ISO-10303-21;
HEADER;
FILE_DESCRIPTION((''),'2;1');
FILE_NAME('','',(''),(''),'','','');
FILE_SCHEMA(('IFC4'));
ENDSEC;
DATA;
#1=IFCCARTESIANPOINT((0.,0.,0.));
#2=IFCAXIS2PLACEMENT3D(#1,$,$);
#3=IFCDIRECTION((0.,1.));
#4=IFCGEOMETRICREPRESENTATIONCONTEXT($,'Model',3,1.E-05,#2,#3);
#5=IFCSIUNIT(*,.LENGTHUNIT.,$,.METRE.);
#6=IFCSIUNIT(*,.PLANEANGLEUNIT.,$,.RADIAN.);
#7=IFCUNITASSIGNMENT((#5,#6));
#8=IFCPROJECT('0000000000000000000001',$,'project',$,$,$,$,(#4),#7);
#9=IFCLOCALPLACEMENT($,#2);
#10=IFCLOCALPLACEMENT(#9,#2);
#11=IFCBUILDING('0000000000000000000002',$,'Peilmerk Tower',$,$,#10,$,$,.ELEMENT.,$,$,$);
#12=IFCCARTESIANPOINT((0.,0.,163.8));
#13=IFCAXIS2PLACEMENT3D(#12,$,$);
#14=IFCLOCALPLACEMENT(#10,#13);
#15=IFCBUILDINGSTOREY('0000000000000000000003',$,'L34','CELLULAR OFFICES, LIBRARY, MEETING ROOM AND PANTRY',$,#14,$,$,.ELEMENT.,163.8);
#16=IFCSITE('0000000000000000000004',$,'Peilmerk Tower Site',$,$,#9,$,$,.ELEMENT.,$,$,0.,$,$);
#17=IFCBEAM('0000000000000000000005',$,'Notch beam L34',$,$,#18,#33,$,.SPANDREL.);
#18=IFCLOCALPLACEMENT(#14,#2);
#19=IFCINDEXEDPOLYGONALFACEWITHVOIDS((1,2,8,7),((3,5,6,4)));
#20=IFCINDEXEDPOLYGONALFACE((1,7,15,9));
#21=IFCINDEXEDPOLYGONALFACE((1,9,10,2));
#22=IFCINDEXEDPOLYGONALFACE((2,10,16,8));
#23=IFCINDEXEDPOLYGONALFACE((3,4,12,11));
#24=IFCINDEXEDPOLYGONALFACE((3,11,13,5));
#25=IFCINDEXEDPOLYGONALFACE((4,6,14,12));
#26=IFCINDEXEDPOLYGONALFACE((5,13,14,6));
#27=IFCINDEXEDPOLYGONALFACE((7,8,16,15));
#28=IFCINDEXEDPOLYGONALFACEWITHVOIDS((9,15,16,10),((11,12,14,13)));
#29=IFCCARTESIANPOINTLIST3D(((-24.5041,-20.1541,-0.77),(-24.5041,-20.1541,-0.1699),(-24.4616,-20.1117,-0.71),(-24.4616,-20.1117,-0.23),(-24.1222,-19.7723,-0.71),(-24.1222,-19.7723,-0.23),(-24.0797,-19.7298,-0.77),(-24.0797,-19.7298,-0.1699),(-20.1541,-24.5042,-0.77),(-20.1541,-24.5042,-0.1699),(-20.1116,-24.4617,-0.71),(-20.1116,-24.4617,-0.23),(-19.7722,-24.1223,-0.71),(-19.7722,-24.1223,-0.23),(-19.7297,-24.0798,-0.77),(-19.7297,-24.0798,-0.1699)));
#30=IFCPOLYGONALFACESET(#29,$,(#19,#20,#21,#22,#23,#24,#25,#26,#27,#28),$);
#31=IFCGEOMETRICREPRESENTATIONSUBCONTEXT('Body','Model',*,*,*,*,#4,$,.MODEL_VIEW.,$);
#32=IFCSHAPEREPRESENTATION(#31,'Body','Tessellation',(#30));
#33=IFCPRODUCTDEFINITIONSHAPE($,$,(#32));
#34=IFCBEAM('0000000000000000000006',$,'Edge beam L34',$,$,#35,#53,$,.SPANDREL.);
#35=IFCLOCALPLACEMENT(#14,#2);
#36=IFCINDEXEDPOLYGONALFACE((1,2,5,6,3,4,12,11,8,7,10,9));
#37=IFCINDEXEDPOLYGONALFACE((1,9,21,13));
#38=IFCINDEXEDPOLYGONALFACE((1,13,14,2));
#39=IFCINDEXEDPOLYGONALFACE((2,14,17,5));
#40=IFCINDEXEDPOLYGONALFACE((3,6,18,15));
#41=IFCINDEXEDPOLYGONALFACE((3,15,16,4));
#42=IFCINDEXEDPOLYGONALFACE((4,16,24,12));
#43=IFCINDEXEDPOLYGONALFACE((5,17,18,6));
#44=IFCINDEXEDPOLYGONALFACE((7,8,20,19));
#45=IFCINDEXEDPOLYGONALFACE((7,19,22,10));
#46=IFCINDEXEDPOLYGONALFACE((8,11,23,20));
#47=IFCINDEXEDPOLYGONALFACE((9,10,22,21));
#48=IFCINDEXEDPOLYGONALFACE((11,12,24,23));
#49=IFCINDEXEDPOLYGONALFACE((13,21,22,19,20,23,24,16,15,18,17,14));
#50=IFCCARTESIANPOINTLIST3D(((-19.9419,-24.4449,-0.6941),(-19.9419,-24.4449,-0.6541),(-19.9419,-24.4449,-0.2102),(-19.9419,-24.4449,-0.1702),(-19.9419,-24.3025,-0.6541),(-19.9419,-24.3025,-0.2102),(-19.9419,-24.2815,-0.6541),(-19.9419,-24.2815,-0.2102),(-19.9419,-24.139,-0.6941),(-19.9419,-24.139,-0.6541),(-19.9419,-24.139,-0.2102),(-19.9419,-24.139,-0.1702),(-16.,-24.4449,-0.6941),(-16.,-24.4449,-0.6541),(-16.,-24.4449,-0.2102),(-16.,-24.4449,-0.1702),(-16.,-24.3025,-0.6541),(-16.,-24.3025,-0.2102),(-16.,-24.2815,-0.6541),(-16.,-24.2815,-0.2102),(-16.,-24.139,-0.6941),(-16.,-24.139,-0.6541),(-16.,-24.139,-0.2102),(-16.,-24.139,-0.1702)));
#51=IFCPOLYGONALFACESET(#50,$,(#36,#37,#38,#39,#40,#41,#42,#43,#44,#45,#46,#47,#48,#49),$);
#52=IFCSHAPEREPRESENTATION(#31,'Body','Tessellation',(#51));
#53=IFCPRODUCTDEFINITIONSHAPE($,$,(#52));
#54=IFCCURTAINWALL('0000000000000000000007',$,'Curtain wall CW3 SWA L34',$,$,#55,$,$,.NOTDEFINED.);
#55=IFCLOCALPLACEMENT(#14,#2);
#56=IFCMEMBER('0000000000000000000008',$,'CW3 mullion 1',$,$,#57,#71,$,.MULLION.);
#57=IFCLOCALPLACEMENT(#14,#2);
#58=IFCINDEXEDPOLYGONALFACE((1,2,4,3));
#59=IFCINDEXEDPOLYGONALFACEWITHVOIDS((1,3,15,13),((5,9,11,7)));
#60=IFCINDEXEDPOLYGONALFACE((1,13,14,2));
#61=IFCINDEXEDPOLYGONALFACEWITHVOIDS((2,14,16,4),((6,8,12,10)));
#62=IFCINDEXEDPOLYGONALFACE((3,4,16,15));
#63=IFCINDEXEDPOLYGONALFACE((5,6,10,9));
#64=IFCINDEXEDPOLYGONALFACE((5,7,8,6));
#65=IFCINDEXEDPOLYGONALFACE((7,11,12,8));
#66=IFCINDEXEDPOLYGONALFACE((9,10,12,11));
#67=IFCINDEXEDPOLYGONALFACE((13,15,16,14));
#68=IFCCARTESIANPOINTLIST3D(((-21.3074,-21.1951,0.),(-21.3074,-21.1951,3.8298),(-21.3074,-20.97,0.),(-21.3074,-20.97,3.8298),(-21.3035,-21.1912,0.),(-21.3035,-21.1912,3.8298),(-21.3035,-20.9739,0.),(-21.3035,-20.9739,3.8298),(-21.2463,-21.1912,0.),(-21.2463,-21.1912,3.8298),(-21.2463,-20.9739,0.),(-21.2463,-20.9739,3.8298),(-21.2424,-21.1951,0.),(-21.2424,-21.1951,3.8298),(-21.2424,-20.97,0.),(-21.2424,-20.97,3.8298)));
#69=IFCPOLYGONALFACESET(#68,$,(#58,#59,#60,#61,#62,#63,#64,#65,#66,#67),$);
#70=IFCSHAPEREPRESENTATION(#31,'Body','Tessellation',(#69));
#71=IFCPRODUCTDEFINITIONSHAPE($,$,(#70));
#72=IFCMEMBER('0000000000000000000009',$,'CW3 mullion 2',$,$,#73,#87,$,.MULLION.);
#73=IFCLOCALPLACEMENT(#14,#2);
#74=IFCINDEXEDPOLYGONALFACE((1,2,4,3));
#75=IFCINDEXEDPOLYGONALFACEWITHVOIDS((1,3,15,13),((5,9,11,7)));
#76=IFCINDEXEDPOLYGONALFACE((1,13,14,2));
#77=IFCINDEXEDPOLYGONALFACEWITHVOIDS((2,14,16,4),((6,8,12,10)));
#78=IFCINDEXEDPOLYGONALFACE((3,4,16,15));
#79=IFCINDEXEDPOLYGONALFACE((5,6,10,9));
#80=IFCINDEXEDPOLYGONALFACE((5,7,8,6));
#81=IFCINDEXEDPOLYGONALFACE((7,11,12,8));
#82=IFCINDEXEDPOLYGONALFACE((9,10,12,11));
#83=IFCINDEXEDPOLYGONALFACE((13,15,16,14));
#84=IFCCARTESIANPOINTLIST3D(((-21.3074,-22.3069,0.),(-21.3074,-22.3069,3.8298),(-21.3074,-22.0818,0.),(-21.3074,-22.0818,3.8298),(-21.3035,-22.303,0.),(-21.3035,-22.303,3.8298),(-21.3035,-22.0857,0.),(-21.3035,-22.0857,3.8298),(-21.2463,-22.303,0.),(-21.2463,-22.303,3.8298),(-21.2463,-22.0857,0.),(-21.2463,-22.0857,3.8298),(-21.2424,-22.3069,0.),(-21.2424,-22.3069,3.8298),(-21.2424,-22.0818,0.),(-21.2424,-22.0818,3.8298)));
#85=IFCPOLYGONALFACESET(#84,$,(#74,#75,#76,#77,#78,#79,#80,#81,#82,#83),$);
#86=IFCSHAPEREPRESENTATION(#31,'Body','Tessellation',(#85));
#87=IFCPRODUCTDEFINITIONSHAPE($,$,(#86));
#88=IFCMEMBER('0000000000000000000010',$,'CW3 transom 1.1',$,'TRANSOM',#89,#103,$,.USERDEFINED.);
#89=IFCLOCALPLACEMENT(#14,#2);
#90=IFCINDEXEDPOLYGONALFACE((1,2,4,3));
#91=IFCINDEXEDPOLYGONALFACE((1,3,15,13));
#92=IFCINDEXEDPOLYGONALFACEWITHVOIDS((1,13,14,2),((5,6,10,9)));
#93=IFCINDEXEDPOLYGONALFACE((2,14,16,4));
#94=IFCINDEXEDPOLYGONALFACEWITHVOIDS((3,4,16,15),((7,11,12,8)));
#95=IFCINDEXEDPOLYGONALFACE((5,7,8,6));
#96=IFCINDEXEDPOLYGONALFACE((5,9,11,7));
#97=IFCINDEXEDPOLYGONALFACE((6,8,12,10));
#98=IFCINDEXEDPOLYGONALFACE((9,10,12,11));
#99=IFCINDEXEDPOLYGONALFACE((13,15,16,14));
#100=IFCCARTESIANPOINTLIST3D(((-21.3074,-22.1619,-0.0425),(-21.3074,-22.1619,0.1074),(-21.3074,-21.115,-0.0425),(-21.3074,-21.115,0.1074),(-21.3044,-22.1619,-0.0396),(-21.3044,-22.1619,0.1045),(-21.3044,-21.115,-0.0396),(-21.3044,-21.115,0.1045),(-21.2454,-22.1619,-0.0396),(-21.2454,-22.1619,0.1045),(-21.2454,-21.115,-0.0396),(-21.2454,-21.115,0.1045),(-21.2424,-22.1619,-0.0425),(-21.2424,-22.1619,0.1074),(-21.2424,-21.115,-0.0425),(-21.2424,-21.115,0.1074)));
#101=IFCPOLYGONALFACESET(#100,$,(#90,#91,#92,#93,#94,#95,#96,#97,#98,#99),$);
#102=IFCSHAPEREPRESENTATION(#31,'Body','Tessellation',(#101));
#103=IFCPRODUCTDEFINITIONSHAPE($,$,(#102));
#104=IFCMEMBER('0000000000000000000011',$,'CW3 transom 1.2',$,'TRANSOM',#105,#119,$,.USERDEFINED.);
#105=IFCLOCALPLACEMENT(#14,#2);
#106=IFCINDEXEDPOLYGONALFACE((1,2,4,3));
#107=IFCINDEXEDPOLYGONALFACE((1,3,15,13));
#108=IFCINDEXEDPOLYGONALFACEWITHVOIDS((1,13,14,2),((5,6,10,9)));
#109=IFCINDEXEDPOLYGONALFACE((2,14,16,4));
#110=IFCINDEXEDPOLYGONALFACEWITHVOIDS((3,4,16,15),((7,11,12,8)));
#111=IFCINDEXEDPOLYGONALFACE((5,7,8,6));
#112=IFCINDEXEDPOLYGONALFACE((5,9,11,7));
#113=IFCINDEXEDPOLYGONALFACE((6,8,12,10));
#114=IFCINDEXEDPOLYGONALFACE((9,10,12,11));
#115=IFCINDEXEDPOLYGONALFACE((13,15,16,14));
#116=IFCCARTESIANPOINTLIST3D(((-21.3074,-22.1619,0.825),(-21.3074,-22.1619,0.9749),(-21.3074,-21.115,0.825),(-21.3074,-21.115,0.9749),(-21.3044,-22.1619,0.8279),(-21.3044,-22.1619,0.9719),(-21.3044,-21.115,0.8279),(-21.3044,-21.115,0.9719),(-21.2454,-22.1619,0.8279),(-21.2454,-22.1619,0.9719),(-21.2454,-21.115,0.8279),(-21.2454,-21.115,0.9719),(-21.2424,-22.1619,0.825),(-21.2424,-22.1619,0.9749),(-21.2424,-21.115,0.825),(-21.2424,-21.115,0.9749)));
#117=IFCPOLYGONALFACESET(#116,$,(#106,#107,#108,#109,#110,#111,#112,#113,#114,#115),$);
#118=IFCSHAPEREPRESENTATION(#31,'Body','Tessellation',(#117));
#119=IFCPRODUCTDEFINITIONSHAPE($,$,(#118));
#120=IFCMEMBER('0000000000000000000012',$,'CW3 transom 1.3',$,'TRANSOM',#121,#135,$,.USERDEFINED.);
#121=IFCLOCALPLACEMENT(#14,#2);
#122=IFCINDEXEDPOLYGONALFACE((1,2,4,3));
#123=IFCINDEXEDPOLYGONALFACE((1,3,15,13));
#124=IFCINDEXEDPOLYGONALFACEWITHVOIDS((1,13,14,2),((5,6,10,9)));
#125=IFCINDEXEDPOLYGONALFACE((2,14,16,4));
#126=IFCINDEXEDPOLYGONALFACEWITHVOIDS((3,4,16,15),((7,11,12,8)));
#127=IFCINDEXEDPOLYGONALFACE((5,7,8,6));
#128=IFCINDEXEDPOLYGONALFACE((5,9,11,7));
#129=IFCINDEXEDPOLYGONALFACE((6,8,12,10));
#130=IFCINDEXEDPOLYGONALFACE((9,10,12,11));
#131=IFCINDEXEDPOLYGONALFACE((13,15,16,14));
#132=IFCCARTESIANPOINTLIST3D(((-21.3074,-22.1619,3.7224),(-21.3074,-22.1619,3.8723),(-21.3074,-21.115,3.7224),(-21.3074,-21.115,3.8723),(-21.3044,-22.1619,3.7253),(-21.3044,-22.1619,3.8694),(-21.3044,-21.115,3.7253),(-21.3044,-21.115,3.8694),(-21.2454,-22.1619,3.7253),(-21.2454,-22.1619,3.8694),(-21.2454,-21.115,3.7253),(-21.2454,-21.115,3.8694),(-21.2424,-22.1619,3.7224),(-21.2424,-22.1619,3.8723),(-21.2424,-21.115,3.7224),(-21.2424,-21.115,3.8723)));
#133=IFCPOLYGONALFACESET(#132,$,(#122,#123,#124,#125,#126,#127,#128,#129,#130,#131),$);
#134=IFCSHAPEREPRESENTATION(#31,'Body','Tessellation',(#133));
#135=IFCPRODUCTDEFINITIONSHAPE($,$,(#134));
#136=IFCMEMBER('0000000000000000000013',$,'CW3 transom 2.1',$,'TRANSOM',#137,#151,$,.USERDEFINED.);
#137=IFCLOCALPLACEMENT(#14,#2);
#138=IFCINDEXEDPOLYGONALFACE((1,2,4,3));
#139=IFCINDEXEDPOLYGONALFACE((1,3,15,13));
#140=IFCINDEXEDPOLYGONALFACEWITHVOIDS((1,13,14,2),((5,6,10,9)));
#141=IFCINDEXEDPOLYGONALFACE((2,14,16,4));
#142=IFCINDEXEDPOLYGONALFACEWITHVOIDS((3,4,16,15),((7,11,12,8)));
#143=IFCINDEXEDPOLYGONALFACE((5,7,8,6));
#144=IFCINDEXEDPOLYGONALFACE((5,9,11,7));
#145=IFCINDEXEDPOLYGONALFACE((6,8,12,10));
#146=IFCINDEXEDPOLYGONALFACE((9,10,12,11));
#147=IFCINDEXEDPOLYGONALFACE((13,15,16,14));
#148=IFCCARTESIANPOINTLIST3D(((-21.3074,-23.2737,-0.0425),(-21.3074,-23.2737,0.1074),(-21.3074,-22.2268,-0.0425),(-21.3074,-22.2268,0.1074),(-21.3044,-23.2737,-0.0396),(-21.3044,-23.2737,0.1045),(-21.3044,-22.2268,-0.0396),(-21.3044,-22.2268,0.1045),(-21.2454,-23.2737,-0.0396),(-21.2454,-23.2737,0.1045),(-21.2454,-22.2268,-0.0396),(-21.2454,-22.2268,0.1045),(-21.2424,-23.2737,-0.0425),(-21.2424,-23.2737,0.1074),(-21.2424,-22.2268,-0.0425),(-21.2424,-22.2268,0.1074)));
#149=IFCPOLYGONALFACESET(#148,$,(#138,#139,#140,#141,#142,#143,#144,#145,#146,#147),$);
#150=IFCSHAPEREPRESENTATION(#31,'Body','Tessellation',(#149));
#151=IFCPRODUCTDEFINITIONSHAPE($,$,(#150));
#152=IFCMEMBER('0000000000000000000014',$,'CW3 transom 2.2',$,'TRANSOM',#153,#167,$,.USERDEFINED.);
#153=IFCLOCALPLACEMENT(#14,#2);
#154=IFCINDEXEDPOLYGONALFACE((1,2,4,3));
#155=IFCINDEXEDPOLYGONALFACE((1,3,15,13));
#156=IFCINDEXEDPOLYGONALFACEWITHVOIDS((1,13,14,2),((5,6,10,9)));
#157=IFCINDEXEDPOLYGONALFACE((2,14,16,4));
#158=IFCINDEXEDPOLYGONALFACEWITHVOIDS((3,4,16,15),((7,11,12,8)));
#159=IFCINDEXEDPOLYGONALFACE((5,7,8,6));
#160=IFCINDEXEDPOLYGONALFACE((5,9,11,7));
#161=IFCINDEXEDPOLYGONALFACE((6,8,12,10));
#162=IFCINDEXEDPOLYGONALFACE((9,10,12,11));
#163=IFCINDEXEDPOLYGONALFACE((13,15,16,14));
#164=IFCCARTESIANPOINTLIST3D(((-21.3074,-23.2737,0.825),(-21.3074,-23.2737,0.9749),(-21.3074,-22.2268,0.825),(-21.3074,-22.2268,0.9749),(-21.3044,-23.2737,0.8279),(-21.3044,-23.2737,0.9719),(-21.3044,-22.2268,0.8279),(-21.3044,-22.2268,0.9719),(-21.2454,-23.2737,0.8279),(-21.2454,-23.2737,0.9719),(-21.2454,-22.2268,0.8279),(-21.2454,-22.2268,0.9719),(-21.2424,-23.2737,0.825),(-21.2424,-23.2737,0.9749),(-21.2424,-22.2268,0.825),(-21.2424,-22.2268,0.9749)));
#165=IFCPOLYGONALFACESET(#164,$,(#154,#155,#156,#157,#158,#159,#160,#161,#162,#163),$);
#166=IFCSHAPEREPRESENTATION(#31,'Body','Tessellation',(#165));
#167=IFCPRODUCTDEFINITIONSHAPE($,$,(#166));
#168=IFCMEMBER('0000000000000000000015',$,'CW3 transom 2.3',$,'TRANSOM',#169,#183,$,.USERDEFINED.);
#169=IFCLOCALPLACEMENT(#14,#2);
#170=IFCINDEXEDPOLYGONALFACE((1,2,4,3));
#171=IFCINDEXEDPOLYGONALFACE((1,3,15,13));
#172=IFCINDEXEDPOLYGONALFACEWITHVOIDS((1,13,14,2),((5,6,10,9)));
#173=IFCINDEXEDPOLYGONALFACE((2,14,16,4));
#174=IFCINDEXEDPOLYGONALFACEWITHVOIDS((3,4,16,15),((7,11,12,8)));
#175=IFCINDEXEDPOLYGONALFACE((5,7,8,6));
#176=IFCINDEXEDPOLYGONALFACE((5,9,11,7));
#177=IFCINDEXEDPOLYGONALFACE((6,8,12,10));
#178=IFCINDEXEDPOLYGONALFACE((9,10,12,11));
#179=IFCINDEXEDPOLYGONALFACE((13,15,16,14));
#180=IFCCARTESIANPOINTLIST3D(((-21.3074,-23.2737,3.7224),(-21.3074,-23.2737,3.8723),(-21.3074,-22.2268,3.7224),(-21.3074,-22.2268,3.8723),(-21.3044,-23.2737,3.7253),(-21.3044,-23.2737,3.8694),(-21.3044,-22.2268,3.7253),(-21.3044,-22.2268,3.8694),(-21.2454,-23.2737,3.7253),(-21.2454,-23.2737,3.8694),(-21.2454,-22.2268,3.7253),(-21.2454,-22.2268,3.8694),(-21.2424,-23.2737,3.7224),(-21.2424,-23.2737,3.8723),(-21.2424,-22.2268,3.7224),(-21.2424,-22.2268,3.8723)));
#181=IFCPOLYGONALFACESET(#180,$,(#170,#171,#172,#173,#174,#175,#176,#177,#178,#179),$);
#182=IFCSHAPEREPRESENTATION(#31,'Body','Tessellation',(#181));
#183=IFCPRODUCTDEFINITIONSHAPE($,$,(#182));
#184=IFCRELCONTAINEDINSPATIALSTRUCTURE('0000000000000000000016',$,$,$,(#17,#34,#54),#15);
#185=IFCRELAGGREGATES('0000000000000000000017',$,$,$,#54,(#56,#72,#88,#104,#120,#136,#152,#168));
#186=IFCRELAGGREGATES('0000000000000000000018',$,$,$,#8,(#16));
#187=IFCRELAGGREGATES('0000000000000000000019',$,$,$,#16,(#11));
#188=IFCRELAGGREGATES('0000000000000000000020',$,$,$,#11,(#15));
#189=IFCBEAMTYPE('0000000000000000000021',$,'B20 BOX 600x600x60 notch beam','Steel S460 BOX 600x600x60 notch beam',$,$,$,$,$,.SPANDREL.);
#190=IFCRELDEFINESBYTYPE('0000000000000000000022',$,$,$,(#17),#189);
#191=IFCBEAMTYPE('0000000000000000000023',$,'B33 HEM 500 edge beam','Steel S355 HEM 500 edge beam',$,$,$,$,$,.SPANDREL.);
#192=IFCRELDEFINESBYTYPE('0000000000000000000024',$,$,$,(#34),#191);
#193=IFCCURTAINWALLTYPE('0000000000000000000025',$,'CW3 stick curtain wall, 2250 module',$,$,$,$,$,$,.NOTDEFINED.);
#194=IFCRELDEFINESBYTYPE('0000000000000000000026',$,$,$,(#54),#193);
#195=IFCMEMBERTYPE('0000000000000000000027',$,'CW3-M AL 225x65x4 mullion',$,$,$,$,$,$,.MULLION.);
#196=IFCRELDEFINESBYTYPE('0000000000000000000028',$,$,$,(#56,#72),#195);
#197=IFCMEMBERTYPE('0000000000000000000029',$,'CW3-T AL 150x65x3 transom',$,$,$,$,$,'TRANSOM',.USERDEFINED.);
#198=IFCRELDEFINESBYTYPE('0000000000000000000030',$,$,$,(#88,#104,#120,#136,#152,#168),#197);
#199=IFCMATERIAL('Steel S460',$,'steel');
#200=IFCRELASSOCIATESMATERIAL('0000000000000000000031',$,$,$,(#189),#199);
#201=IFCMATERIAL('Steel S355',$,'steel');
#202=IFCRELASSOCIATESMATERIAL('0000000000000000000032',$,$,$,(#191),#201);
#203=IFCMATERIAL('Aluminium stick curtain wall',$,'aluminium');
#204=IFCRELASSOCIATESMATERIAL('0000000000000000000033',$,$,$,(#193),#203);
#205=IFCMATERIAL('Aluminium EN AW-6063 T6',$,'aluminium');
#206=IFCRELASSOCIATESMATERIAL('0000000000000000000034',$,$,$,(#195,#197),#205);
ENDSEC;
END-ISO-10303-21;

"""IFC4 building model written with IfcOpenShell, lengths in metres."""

from ifc_helpers import new_model, si_unit, direction, frame, origin, origin_2d, place, context, subcontext, project, spatial, hollow_rectangle, i_section, extrude, material, material_profile, profile_set, type_object, element, aggregate, save


model = new_model("IFC4")

# Units and contexts
model_context = context("Model", 3, precision=1e-05, world=origin(), true_north=direction((0.0, 1.0)))
body_context = subcontext(model_context, "Body", "Model", "MODEL_VIEW")
ifc_project = project(units=[si_unit("LENGTHUNIT", "METRE"), si_unit("PLANEANGLEUNIT", "RADIAN")], contexts=[model_context])

# Site, building, storey
site_placement = place(None, origin())
site = spatial("IfcSite", under=ifc_project, at=site_placement, Name="Peilmerk Tower Site", CompositionType="ELEMENT", RefElevation=0.0)
building_placement = place(site_placement, origin())
building = spatial("IfcBuilding", under=site, at=building_placement, Name="Peilmerk Tower", CompositionType="ELEMENT")
storey_placement = place(building_placement, frame((0.0, 0.0, 163.8)))
storey = spatial("IfcBuildingStorey", under=building, at=storey_placement, Name="L34", Description="CELLULAR OFFICES, LIBRARY, MEETING ROOM AND PANTRY", CompositionType="ELEMENT", Elevation=163.8)

# Shared definitions
ifc_material_1 = material(Name="Steel S460", Category="steel")

# Beams
ifc_material_2 = material(Name="Steel S355", Category="steel")
ifc_material_profile_1 = material_profile(ifc_material_1, hollow_rectangle(XDim=0.6001, YDim=0.6001, WallThickness=0.0601, at=origin_2d()), Name="BOX 600x600x60")
ifc_profile_set_1 = profile_set([ifc_material_profile_1], Name="Steel S460")
beam_type_1 = type_object("IfcBeamType", Name="B20 BOX 600x600x60 notch beam", Description="Steel S460 BOX 600x600x60 notch beam", PredefinedType="SPANDREL", material=ifc_profile_set_1)
beam_1_placement = place(storey_placement, frame((-19.9419, -24.292, -0.47), z_axis=(-0.707107, 0.707107, 0.0), x_axis=(-0.707107, -0.707107, 0.0)))
element("IfcBeam", 1, at=beam_1_placement, inside=storey, type_object=beam_type_1, Name="Notch beam L34", PredefinedType="SPANDREL", context=body_context, shape_type="SweptSolid", body=[
    extrude(hollow_rectangle(XDim=0.6001, YDim=0.6001, WallThickness=0.0601, at=origin_2d()), origin(), (0.0, 0.0, 1.0), 6.1519),
])
ifc_material_profile_2 = material_profile(ifc_material_2, i_section(OverallWidth=0.3059, OverallDepth=0.5239, WebThickness=0.021, FlangeThickness=0.04, at=origin_2d()), Name="HEM 500")
ifc_profile_set_2 = profile_set([ifc_material_profile_2], Name="Steel S355")
beam_type_2 = type_object("IfcBeamType", Name="B33 HEM 500 edge beam", Description="Steel S355 HEM 500 edge beam", PredefinedType="SPANDREL", material=ifc_profile_set_2)
beam_2_placement = place(storey_placement, frame((-19.9419, -24.292, -0.4321), z_axis=(1.0, 0.0, 0.0), x_axis=(0.0, 1.0, 0.0)))
element("IfcBeam", 2, at=beam_2_placement, inside=storey, type_object=beam_type_2, Name="Edge beam L34", PredefinedType="SPANDREL", context=body_context, shape_type="SweptSolid", body=[
    extrude(i_section(OverallWidth=0.3059, OverallDepth=0.5239, WebThickness=0.021, FlangeThickness=0.04, at=origin_2d()), origin(), (0.0, 0.0, 1.0), 3.9419),
])

# Curtain wall, members
ifc_material_3 = material(Name="Aluminium stick curtain wall", Category="aluminium")
curtain_wall_type = type_object("IfcCurtainWallType", Name="CW3 stick curtain wall, 2250 module", PredefinedType="NOTDEFINED", material=ifc_material_3)
curtain_wall_placement = place(storey_placement, origin())
curtain_wall = element("IfcCurtainWall", 3, at=curtain_wall_placement, inside=storey, type_object=curtain_wall_type, Name="Curtain wall CW3 SWA L34", PredefinedType="NOTDEFINED")
ifc_material_4 = material(Name="Aluminium EN AW-6063 T6", Category="aluminium")
ifc_material_profile_3 = material_profile(ifc_material_4, hollow_rectangle(XDim=0.0649, YDim=0.2251, WallThickness=0.0039, at=origin_2d()), Name="AL 225x65x4")
ifc_profile_set_3 = profile_set([ifc_material_profile_3], Name="Aluminium EN AW-6063 T6")
member_type_1 = type_object("IfcMemberType", Name="CW3-M AL 225x65x4 mullion", PredefinedType="MULLION", material=ifc_profile_set_3)
member_1_placement = place(storey_placement, frame((-21.2749, -21.0825, 0.0), z_axis=(0.0, 0.0, 1.0), x_axis=(1.0, 0.0, 0.0)))
member_1 = element("IfcMember", 4, at=member_1_placement, type_object=member_type_1, Name="CW3 mullion 1", PredefinedType="MULLION", context=body_context, shape_type="SweptSolid", body=[
    extrude(hollow_rectangle(XDim=0.0649, YDim=0.2251, WallThickness=0.0039, at=origin_2d()), origin(), (0.0, 0.0, 1.0), 3.8298),
])
member_2_placement = place(storey_placement, frame((-21.2749, -22.1943, 0.0), z_axis=(0.0, 0.0, 1.0), x_axis=(1.0, 0.0, 0.0)))
member_2 = element("IfcMember", 5, at=member_2_placement, type_object=member_type_1, Name="CW3 mullion 2", PredefinedType="MULLION", context=body_context, shape_type="SweptSolid", body=[
    extrude(hollow_rectangle(XDim=0.0649, YDim=0.2251, WallThickness=0.0039, at=origin_2d()), origin(), (0.0, 0.0, 1.0), 3.8298),
])
ifc_material_profile_4 = material_profile(ifc_material_4, hollow_rectangle(XDim=0.0649, YDim=0.1499, WallThickness=0.0029, at=origin_2d()), Name="AL 150x65x3")
ifc_profile_set_4 = profile_set([ifc_material_profile_4], Name="Aluminium EN AW-6063 T6")
member_type_2 = type_object("IfcMemberType", Name="CW3-T AL 150x65x3 transom", ElementType="TRANSOM", PredefinedType="USERDEFINED", material=ifc_profile_set_4)
member_3_placement = place(storey_placement, frame((-21.2749, -21.115, 0.0325), z_axis=(0.0, -1.0, 0.0), x_axis=(1.0, 0.0, 0.0)))
member_3 = element("IfcMember", 6, at=member_3_placement, type_object=member_type_2, Name="CW3 transom 1.1", ObjectType="TRANSOM", PredefinedType="USERDEFINED", context=body_context, shape_type="SweptSolid", body=[
    extrude(hollow_rectangle(XDim=0.0649, YDim=0.1499, WallThickness=0.0029, at=origin_2d()), origin(), (0.0, 0.0, 1.0), 1.0469),
])
member_4_placement = place(storey_placement, frame((-21.2749, -21.115, 0.8999), z_axis=(0.0, -1.0, 0.0), x_axis=(1.0, 0.0, 0.0)))
member_4 = element("IfcMember", 7, at=member_4_placement, type_object=member_type_2, Name="CW3 transom 1.2", ObjectType="TRANSOM", PredefinedType="USERDEFINED", context=body_context, shape_type="SweptSolid", body=[
    extrude(hollow_rectangle(XDim=0.0649, YDim=0.1499, WallThickness=0.0029, at=origin_2d()), origin(), (0.0, 0.0, 1.0), 1.0469),
])
member_5_placement = place(storey_placement, frame((-21.2749, -21.115, 3.7974), z_axis=(0.0, -1.0, 0.0), x_axis=(1.0, 0.0, 0.0)))
member_5 = element("IfcMember", 8, at=member_5_placement, type_object=member_type_2, Name="CW3 transom 1.3", ObjectType="TRANSOM", PredefinedType="USERDEFINED", context=body_context, shape_type="SweptSolid", body=[
    extrude(hollow_rectangle(XDim=0.0649, YDim=0.1499, WallThickness=0.0029, at=origin_2d()), origin(), (0.0, 0.0, 1.0), 1.0469),
])
member_6_placement = place(storey_placement, frame((-21.2749, -22.2268, 0.0325), z_axis=(0.0, -1.0, 0.0), x_axis=(1.0, 0.0, 0.0)))
member_6 = element("IfcMember", 9, at=member_6_placement, type_object=member_type_2, Name="CW3 transom 2.1", ObjectType="TRANSOM", PredefinedType="USERDEFINED", context=body_context, shape_type="SweptSolid", body=[
    extrude(hollow_rectangle(XDim=0.0649, YDim=0.1499, WallThickness=0.0029, at=origin_2d()), origin(), (0.0, 0.0, 1.0), 1.0469),
])
member_7_placement = place(storey_placement, frame((-21.2749, -22.2268, 0.8999), z_axis=(0.0, -1.0, 0.0), x_axis=(1.0, 0.0, 0.0)))
member_7 = element("IfcMember", 10, at=member_7_placement, type_object=member_type_2, Name="CW3 transom 2.2", ObjectType="TRANSOM", PredefinedType="USERDEFINED", context=body_context, shape_type="SweptSolid", body=[
    extrude(hollow_rectangle(XDim=0.0649, YDim=0.1499, WallThickness=0.0029, at=origin_2d()), origin(), (0.0, 0.0, 1.0), 1.0469),
])
member_8_placement = place(storey_placement, frame((-21.2749, -22.2268, 3.7974), z_axis=(0.0, -1.0, 0.0), x_axis=(1.0, 0.0, 0.0)))
member_8 = element("IfcMember", 11, at=member_8_placement, type_object=member_type_2, Name="CW3 transom 2.3", ObjectType="TRANSOM", PredefinedType="USERDEFINED", context=body_context, shape_type="SweptSolid", body=[
    extrude(hollow_rectangle(XDim=0.0649, YDim=0.1499, WallThickness=0.0029, at=origin_2d()), origin(), (0.0, 0.0, 1.0), 1.0469),
])
aggregate(curtain_wall, [member_1, member_2, member_3, member_4, member_5, member_6, member_7, member_8])

save(model, "model.ifc")
